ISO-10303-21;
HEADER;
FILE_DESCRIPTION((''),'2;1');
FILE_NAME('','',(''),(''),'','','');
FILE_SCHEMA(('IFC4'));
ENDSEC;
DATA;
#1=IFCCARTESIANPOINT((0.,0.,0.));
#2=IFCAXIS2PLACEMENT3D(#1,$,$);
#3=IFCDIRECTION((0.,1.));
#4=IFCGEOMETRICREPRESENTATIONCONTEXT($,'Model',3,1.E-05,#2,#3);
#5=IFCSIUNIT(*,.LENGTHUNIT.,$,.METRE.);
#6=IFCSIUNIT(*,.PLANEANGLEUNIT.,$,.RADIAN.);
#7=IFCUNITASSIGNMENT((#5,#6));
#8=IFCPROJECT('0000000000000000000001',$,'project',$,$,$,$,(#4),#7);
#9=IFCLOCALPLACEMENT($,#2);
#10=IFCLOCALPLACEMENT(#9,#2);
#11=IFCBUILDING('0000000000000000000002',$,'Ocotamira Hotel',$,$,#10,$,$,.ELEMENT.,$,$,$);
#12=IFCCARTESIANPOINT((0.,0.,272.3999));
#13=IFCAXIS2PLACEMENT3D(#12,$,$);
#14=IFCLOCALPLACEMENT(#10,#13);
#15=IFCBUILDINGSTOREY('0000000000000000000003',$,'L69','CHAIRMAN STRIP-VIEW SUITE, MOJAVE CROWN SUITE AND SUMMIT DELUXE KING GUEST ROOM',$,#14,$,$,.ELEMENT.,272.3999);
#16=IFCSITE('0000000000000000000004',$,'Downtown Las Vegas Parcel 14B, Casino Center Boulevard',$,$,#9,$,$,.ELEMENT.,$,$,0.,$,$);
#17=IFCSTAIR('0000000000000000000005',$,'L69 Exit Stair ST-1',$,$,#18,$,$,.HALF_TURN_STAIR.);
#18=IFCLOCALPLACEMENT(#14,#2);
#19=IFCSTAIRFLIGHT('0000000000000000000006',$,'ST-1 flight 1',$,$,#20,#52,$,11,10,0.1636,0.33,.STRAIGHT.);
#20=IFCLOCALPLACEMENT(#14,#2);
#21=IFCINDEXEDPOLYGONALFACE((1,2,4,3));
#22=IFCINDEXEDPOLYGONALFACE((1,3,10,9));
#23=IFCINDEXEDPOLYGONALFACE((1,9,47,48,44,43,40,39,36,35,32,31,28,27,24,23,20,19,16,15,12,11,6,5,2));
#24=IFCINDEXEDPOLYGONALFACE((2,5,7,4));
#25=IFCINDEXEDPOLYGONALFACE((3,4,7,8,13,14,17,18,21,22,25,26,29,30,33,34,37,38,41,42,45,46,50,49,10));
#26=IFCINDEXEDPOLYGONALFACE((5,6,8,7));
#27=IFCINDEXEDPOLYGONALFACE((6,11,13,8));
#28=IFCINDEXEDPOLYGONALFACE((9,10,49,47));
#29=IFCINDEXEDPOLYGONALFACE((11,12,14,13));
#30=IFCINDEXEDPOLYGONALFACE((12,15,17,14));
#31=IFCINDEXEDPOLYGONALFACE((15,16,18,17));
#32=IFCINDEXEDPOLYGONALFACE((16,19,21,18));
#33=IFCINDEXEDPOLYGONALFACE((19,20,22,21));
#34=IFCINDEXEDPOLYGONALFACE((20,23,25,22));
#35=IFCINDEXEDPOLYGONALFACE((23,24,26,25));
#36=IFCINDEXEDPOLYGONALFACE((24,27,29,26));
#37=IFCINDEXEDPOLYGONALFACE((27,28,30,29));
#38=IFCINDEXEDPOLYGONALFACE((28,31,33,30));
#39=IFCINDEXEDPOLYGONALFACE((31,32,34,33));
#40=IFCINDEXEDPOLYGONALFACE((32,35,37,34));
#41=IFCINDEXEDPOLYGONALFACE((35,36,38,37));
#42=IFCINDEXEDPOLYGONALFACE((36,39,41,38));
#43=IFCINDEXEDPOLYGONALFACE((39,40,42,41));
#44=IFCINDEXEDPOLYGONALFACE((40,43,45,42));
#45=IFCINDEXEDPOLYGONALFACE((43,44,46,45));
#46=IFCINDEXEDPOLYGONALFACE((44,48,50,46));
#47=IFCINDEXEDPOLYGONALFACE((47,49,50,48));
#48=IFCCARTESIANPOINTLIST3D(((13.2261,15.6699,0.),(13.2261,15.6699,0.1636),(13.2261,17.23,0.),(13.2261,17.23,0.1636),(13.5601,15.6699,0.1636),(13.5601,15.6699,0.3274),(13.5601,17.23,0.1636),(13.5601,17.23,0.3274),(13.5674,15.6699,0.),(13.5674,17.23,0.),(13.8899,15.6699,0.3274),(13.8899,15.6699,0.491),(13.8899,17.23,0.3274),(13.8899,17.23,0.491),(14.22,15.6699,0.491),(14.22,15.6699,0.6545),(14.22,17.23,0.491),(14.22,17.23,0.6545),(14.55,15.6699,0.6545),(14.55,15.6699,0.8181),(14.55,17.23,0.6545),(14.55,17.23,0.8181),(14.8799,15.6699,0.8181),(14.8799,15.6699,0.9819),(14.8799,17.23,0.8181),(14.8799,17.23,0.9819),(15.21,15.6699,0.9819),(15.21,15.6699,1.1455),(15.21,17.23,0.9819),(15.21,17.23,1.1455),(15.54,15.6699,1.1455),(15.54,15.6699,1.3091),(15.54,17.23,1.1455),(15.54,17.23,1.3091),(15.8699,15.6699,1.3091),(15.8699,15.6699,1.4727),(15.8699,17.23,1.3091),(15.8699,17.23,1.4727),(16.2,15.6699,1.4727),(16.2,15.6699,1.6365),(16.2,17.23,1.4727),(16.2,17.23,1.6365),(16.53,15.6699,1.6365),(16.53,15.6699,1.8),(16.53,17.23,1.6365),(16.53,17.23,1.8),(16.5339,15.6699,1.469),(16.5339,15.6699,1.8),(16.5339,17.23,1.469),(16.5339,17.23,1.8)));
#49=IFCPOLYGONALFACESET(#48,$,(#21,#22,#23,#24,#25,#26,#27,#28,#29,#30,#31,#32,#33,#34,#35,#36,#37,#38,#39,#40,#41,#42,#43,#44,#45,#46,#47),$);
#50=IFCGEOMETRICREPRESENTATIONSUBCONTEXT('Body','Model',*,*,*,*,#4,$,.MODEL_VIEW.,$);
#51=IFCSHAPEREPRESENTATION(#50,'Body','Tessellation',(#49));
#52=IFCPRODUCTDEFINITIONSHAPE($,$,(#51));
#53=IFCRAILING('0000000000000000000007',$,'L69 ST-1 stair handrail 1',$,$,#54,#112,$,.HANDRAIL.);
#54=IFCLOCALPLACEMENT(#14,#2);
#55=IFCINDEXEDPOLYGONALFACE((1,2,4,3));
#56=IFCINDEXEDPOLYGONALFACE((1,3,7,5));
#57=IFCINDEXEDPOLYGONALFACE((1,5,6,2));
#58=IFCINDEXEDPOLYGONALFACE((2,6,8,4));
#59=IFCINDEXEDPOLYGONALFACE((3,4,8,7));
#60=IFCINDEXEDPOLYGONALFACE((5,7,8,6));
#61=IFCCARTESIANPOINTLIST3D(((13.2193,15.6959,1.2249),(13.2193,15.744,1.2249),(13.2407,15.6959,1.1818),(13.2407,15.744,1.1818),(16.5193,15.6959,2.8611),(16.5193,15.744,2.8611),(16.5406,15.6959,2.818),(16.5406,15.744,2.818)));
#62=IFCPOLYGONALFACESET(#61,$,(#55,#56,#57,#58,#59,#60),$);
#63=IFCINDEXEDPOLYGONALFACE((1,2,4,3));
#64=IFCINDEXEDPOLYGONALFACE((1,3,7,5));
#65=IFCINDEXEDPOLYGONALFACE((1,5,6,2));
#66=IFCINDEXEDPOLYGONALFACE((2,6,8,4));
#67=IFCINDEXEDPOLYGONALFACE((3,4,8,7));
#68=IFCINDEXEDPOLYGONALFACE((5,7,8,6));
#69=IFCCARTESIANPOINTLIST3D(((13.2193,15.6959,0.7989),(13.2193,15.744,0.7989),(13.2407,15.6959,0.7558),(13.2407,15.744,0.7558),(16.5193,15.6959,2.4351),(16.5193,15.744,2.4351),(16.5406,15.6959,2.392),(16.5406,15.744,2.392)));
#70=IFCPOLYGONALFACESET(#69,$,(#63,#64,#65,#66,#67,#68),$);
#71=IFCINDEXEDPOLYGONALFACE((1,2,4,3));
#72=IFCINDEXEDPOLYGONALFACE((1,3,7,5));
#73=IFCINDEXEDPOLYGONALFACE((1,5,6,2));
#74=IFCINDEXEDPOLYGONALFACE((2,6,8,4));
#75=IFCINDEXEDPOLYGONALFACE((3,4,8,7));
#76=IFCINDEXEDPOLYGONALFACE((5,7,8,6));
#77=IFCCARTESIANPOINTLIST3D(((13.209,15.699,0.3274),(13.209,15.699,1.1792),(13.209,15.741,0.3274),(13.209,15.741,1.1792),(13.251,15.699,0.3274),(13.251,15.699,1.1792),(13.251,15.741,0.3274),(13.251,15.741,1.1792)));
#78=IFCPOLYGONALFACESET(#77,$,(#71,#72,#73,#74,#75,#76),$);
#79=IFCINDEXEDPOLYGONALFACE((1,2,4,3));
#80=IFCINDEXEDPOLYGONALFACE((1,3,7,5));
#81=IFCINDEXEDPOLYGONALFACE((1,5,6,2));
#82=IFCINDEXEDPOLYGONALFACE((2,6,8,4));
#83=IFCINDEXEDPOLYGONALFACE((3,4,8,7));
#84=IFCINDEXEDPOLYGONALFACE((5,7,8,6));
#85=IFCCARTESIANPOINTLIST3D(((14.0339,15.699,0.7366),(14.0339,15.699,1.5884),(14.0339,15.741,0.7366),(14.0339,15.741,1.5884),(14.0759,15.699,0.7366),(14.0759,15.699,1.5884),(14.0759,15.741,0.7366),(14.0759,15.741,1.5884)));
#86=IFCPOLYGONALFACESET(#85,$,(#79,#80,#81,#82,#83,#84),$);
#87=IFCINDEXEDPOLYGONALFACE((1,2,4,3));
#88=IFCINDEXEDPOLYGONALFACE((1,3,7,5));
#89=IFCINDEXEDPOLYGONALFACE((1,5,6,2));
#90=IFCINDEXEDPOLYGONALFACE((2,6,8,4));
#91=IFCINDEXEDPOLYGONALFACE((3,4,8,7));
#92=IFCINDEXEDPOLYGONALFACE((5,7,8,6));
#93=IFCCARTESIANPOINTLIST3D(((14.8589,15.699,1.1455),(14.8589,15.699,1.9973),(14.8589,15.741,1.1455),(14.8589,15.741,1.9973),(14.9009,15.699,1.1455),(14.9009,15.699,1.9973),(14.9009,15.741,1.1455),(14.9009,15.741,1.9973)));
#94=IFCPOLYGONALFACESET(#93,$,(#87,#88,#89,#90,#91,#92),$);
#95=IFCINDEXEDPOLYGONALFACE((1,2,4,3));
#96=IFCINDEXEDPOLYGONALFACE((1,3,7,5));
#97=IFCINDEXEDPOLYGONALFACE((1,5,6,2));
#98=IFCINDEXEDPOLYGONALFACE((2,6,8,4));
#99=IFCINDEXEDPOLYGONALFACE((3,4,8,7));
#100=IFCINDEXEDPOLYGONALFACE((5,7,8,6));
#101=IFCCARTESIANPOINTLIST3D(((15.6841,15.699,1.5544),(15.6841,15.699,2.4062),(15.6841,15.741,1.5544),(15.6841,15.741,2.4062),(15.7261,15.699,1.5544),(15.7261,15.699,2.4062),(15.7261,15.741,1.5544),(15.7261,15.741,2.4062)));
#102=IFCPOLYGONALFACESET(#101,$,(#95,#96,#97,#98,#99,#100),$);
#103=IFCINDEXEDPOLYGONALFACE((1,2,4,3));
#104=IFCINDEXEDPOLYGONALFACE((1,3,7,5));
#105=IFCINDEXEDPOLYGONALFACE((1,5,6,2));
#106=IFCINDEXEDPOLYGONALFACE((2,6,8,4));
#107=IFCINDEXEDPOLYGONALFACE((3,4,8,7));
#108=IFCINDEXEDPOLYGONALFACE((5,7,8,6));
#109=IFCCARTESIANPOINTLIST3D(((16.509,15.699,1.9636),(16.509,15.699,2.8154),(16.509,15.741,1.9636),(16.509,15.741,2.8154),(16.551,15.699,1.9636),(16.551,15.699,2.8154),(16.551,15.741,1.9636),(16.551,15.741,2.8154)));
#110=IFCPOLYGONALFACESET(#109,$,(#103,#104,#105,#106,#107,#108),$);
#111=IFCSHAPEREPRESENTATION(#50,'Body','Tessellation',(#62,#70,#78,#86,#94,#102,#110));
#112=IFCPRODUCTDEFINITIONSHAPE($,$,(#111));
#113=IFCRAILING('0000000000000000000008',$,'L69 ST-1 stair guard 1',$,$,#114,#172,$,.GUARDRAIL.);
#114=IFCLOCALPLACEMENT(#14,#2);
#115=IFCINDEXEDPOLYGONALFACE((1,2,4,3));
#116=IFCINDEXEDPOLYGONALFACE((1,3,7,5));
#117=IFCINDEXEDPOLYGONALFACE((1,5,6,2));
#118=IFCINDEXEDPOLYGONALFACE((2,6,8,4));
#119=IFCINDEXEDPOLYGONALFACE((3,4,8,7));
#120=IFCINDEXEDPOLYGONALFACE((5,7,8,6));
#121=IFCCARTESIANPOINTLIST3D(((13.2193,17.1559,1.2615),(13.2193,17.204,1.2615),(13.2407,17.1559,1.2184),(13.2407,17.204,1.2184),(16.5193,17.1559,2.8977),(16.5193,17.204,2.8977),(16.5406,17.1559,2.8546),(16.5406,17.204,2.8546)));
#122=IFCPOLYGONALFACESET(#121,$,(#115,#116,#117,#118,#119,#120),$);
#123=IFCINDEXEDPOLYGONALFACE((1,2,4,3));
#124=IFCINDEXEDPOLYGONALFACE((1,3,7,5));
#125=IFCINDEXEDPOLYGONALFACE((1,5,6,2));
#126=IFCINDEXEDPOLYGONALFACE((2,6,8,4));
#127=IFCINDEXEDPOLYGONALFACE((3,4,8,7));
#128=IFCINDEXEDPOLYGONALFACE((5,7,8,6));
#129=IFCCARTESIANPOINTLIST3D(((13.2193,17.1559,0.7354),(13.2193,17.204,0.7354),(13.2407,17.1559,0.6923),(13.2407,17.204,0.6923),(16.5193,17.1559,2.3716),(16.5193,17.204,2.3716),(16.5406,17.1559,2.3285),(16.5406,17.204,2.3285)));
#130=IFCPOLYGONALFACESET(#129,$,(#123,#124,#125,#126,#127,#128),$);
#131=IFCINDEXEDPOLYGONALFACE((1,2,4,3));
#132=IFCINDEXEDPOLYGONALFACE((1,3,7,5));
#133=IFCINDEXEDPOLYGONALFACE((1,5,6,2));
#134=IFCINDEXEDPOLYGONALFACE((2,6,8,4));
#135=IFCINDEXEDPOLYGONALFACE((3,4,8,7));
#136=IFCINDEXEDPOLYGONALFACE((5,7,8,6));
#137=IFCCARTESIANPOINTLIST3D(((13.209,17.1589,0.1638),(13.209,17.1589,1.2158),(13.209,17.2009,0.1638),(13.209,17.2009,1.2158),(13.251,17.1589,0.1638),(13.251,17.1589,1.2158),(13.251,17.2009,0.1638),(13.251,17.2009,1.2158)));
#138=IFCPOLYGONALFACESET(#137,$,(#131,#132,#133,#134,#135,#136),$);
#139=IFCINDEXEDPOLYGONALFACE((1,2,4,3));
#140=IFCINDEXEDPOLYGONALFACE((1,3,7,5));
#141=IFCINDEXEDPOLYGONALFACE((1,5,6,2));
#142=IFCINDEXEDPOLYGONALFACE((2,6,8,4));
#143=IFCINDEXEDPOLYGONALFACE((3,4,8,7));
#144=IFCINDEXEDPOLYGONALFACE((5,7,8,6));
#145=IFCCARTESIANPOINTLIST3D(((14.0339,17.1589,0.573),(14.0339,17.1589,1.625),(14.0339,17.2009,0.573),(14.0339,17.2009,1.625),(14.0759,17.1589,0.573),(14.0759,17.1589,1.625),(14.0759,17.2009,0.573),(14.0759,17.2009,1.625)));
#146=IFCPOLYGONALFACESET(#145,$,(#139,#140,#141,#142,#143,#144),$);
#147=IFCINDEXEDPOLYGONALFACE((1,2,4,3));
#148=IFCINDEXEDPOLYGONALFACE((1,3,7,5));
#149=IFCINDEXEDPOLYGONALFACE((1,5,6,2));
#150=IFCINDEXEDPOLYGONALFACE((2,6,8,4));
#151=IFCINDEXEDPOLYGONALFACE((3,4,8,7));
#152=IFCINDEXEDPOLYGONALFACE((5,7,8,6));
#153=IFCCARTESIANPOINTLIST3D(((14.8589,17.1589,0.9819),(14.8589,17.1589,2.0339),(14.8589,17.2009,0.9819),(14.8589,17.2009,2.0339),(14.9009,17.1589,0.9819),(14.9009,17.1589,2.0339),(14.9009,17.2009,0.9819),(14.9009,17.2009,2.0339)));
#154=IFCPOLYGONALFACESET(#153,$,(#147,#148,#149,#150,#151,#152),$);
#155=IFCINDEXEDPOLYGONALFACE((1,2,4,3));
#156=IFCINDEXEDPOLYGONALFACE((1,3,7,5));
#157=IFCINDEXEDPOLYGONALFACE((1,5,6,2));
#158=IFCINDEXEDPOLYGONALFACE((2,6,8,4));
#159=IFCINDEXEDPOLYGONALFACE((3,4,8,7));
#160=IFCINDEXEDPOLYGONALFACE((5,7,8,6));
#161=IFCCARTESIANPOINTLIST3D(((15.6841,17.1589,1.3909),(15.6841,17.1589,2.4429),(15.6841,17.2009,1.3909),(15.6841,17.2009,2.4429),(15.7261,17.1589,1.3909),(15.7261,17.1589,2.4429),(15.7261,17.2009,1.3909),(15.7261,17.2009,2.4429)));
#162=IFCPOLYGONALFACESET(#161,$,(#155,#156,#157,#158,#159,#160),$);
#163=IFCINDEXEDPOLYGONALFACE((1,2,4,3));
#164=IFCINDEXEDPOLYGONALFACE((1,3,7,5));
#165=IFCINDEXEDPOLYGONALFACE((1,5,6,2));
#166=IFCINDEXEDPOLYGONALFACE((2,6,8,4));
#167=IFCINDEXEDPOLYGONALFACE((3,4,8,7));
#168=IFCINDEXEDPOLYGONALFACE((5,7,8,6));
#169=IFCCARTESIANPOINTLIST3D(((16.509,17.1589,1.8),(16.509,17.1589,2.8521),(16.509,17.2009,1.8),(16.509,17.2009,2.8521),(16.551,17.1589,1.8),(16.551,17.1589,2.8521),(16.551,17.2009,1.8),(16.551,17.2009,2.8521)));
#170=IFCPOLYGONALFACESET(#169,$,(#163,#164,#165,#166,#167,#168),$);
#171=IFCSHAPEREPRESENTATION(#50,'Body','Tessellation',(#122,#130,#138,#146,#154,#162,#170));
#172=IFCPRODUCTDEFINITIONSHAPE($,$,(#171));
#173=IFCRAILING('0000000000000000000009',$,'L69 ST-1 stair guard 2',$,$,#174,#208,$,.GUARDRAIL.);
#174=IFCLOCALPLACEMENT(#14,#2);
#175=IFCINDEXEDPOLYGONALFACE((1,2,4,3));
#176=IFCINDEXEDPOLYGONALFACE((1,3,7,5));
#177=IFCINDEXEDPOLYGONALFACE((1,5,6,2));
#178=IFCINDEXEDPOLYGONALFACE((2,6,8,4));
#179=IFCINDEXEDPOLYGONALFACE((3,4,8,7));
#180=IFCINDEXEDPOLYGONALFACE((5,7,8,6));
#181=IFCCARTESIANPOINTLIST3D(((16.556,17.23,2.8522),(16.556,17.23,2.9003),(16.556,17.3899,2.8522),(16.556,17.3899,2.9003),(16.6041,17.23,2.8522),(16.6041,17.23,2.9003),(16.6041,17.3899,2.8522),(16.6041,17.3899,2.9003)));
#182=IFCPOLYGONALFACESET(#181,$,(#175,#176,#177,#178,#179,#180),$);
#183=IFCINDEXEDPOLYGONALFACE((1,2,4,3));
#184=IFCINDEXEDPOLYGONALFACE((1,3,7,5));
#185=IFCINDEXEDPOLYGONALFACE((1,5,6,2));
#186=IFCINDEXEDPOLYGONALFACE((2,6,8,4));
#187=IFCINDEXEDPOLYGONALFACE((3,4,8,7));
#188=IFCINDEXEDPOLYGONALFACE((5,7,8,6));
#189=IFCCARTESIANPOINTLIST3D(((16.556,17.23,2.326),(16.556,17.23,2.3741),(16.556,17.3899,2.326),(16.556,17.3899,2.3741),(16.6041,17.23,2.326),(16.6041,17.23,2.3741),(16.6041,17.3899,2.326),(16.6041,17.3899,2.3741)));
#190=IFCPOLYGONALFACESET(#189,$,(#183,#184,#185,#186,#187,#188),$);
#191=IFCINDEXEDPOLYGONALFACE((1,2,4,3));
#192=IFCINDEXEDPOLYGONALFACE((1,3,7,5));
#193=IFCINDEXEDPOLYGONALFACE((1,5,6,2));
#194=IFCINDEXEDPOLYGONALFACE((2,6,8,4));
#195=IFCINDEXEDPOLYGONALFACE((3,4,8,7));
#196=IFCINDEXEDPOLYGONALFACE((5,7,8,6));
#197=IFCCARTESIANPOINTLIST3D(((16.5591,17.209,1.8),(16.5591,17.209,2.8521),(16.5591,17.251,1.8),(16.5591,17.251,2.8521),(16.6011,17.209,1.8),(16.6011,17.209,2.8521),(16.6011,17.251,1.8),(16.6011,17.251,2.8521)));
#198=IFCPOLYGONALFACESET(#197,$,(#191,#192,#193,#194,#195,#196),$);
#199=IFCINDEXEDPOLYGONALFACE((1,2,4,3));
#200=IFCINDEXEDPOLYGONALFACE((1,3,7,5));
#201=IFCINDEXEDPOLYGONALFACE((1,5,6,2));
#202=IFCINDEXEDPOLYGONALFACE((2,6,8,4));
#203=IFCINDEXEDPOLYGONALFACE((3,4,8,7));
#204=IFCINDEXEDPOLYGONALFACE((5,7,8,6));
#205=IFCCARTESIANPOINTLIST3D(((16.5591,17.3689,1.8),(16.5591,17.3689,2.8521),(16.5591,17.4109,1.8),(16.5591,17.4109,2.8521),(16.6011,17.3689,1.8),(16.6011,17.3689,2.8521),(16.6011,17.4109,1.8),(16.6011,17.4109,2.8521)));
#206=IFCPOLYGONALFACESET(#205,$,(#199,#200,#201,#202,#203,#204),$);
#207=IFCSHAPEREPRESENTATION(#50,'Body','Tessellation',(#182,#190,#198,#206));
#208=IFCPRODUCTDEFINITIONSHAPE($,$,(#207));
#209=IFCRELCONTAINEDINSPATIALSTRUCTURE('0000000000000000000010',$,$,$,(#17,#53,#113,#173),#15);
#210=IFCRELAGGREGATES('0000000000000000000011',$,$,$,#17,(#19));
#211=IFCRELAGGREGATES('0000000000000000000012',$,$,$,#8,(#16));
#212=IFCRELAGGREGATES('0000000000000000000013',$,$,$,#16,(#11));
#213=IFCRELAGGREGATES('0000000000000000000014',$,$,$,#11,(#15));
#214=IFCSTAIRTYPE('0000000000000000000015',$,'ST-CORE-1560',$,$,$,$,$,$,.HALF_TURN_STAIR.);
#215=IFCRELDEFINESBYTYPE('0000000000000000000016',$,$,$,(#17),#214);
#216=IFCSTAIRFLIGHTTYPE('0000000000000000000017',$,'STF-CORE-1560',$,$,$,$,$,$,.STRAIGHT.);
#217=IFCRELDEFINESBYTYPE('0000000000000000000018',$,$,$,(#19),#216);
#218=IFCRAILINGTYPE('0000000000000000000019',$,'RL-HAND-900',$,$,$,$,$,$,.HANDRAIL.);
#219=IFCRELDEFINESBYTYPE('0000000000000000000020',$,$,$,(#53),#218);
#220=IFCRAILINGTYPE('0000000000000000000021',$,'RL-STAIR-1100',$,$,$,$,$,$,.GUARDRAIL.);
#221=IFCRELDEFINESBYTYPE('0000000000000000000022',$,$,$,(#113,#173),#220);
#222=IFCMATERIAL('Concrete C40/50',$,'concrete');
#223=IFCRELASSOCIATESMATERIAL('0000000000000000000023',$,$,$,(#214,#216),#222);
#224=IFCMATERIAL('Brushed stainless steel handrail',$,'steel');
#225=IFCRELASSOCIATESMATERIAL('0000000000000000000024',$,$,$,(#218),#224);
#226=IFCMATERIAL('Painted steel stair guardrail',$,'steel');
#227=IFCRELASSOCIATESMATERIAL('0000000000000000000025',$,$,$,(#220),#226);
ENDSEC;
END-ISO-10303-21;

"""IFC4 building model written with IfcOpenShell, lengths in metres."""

from ifc_helpers import new_model, si_unit, direction, frame, origin, origin_2d, place, context, subcontext, project, spatial, polyline, rectangle, outline, extrude, source, transform, mapped, material, type_object, element, aggregate, save


model = new_model("IFC4")

# Units and contexts
model_context = context("Model", 3, precision=1e-05, world=origin(), true_north=direction((0.0, 1.0)))
body_context = subcontext(model_context, "Body", "Model", "MODEL_VIEW")
ifc_project = project(units=[si_unit("LENGTHUNIT", "METRE"), si_unit("PLANEANGLEUNIT", "RADIAN")], contexts=[model_context])

# Site, building, storey
site_placement = place(None, origin())
site = spatial("IfcSite", under=ifc_project, at=site_placement, Name="Downtown Las Vegas Parcel 14B, Casino Center Boulevard", CompositionType="ELEMENT", RefElevation=0.0)
building_placement = place(site_placement, origin())
building = spatial("IfcBuilding", under=site, at=building_placement, Name="Ocotamira Hotel", CompositionType="ELEMENT")
storey_placement = place(building_placement, frame((0.0, 0.0, 272.3999)))
storey = spatial("IfcBuildingStorey", under=building, at=storey_placement, Name="L69", Description="CHAIRMAN STRIP-VIEW SUITE, MOJAVE CROWN SUITE AND SUMMIT DELUXE KING GUEST ROOM", CompositionType="ELEMENT", Elevation=272.3999)

# Stair, stair flight
ifc_material_1 = material(Name="Concrete C40/50", Category="concrete")
stair_type = type_object("IfcStairType", Name="ST-CORE-1560", PredefinedType="HALF_TURN_STAIR", material=ifc_material_1)
stair_placement = place(storey_placement, origin())
stair = element("IfcStair", 1, at=stair_placement, inside=storey, type_object=stair_type, Name="L69 Exit Stair ST-1", PredefinedType="HALF_TURN_STAIR")
stair_flight_type = type_object("IfcStairFlightType", Name="STF-CORE-1560", PredefinedType="STRAIGHT", material=ifc_material_1)
shared_shape_1 = source(origin(), body_context, "Body", "SweptSolid", [
    extrude(outline(polyline([(-0.0039, 0.0), (-0.0039, 0.1636), (0.3301, 0.1636), (0.3301, 0.3274), (0.6599, 0.3274), (0.6599, 0.491), (0.99, 0.491), (0.99, 0.6545), (1.3201, 0.6545), (1.3201, 0.8181), (1.6499, 0.8181), (1.6499, 0.9819), (1.98, 0.9819), (1.98, 1.1455), (2.3101, 1.1455), (2.3101, 1.3091), (2.6399, 1.3091), (2.6399, 1.4727), (2.97, 1.4727), (2.97, 1.6365), (3.3, 1.6365), (3.3, 1.8), (3.304, 1.8), (3.304, 1.469), (0.3374, 0.0), (-0.0039, 0.0)])), frame((0.0, 0.78, 0.0), z_axis=(0.0, -1.0, 0.0), x_axis=(1.0, 0.0, 0.0)), (0.0, 0.0, 1.0), 1.5601),
])
stair_flight_placement = place(storey_placement, frame((13.23, 16.45, 0.0), z_axis=(0.0, 0.0, 1.0), x_axis=(1.0, 0.0, 0.0)))
stair_flight = element("IfcStairFlight", 2, at=stair_flight_placement, type_object=stair_flight_type, Name="ST-1 flight 1", NumberOfRisers=11, NumberOfTreads=10, PredefinedType="STRAIGHT", RiserHeight=0.1636, TreadLength=0.33, context=body_context, shape_type="MappedRepresentation", body=[
    mapped(shared_shape_1, transform((0.0, 0.0, 0.0), scale=1.0)),
])
aggregate(stair, [stair_flight])

# Railings
ifc_material_2 = material(Name="Brushed stainless steel handrail", Category="steel")
railing_type_1 = type_object("IfcRailingType", Name="RL-HAND-900", PredefinedType="HANDRAIL", material=ifc_material_2)
railing_1_placement = place(storey_placement, frame((13.23, 15.72, 0.3274)))
element("IfcRailing", 3, at=railing_1_placement, inside=storey, type_object=railing_type_1, Name="L69 ST-1 stair handrail 1", PredefinedType="HANDRAIL", context=body_context, shape_type="SweptSolid", body=[
    extrude(rectangle(XDim=0.0481, YDim=0.0481, at=origin_2d()), frame((0.0, 0.0, 0.876), z_axis=(0.89592, 0.0, 0.444215), x_axis=(0.0, 1.0, 0.0)), (0.0, 0.0, 1.0), 3.6833),
    extrude(rectangle(XDim=0.0481, YDim=0.0481, at=origin_2d()), frame((0.0, 0.0, 0.45), z_axis=(0.89592, 0.0, 0.444215), x_axis=(0.0, 1.0, 0.0)), (0.0, 0.0, 1.0), 3.6833),
    extrude(rectangle(XDim=0.042, YDim=0.042, at=origin_2d()), origin(), (0.0, 0.0, 1.0), 0.8518),
    extrude(rectangle(XDim=0.042, YDim=0.042, at=origin_2d()), frame((0.825, 0.0, 0.4092)), (0.0, 0.0, 1.0), 0.8518),
    extrude(rectangle(XDim=0.042, YDim=0.042, at=origin_2d()), frame((1.6499, 0.0, 0.8181)), (0.0, 0.0, 1.0), 0.8518),
    extrude(rectangle(XDim=0.042, YDim=0.042, at=origin_2d()), frame((2.4751, 0.0, 1.2271)), (0.0, 0.0, 1.0), 0.8518),
    extrude(rectangle(XDim=0.042, YDim=0.042, at=origin_2d()), frame((3.3, 0.0, 1.6362)), (0.0, 0.0, 1.0), 0.8518),
])
ifc_material_3 = material(Name="Painted steel stair guardrail", Category="steel")
railing_type_2 = type_object("IfcRailingType", Name="RL-STAIR-1100", PredefinedType="GUARDRAIL", material=ifc_material_3)
railing_2_placement = place(storey_placement, frame((13.23, 17.1799, 0.1638)))
element("IfcRailing", 4, at=railing_2_placement, inside=storey, type_object=railing_type_2, Name="L69 ST-1 stair guard 1", PredefinedType="GUARDRAIL", context=body_context, shape_type="SweptSolid", body=[
    extrude(rectangle(XDim=0.0481, YDim=0.0481, at=origin_2d()), frame((0.0, 0.0, 1.0762), z_axis=(0.89592, 0.0, 0.444215), x_axis=(0.0, 1.0, 0.0)), (0.0, 0.0, 1.0), 3.6833),
    extrude(rectangle(XDim=0.0481, YDim=0.0481, at=origin_2d()), frame((0.0, 0.0, 0.55), z_axis=(0.89592, 0.0, 0.444215), x_axis=(0.0, 1.0, 0.0)), (0.0, 0.0, 1.0), 3.6833),
    extrude(rectangle(XDim=0.042, YDim=0.042, at=origin_2d()), origin(), (0.0, 0.0, 1.0), 1.052),
    extrude(rectangle(XDim=0.042, YDim=0.042, at=origin_2d()), frame((0.825, 0.0, 0.4092)), (0.0, 0.0, 1.0), 1.052),
    extrude(rectangle(XDim=0.042, YDim=0.042, at=origin_2d()), frame((1.6499, 0.0, 0.8181)), (0.0, 0.0, 1.0), 1.052),
    extrude(rectangle(XDim=0.042, YDim=0.042, at=origin_2d()), frame((2.4751, 0.0, 1.2271)), (0.0, 0.0, 1.0), 1.052),
    extrude(rectangle(XDim=0.042, YDim=0.042, at=origin_2d()), frame((3.3, 0.0, 1.6362)), (0.0, 0.0, 1.0), 1.052),
])
for number, where, name in (
    (5, (16.5801, 17.23, 1.8), "L69 ST-1 stair guard 2"),
):
    element("IfcRailing", number, at=place(storey_placement, frame(where)), inside=storey, type_object=railing_type_2, Name=name, PredefinedType="GUARDRAIL", context=body_context, shape_type="SweptSolid", body=[
        extrude(rectangle(XDim=0.0481, YDim=0.0481, at=origin_2d()), frame((0.0, 0.0, 1.0762), z_axis=(0.0, 1.0, 0.0), x_axis=(-1.0, 0.0, 0.0)), (0.0, 0.0, 1.0), 0.1599),
        extrude(rectangle(XDim=0.0481, YDim=0.0481, at=origin_2d()), frame((0.0, 0.0, 0.55), z_axis=(0.0, 1.0, 0.0), x_axis=(-1.0, 0.0, 0.0)), (0.0, 0.0, 1.0), 0.1599),
        extrude(rectangle(XDim=0.042, YDim=0.042, at=origin_2d()), origin(), (0.0, 0.0, 1.0), 1.052),
        extrude(rectangle(XDim=0.042, YDim=0.042, at=origin_2d()), frame((0.0, 0.1599, 0.0)), (0.0, 0.0, 1.0), 1.052),
    ])

save(model, "model.ifc")
